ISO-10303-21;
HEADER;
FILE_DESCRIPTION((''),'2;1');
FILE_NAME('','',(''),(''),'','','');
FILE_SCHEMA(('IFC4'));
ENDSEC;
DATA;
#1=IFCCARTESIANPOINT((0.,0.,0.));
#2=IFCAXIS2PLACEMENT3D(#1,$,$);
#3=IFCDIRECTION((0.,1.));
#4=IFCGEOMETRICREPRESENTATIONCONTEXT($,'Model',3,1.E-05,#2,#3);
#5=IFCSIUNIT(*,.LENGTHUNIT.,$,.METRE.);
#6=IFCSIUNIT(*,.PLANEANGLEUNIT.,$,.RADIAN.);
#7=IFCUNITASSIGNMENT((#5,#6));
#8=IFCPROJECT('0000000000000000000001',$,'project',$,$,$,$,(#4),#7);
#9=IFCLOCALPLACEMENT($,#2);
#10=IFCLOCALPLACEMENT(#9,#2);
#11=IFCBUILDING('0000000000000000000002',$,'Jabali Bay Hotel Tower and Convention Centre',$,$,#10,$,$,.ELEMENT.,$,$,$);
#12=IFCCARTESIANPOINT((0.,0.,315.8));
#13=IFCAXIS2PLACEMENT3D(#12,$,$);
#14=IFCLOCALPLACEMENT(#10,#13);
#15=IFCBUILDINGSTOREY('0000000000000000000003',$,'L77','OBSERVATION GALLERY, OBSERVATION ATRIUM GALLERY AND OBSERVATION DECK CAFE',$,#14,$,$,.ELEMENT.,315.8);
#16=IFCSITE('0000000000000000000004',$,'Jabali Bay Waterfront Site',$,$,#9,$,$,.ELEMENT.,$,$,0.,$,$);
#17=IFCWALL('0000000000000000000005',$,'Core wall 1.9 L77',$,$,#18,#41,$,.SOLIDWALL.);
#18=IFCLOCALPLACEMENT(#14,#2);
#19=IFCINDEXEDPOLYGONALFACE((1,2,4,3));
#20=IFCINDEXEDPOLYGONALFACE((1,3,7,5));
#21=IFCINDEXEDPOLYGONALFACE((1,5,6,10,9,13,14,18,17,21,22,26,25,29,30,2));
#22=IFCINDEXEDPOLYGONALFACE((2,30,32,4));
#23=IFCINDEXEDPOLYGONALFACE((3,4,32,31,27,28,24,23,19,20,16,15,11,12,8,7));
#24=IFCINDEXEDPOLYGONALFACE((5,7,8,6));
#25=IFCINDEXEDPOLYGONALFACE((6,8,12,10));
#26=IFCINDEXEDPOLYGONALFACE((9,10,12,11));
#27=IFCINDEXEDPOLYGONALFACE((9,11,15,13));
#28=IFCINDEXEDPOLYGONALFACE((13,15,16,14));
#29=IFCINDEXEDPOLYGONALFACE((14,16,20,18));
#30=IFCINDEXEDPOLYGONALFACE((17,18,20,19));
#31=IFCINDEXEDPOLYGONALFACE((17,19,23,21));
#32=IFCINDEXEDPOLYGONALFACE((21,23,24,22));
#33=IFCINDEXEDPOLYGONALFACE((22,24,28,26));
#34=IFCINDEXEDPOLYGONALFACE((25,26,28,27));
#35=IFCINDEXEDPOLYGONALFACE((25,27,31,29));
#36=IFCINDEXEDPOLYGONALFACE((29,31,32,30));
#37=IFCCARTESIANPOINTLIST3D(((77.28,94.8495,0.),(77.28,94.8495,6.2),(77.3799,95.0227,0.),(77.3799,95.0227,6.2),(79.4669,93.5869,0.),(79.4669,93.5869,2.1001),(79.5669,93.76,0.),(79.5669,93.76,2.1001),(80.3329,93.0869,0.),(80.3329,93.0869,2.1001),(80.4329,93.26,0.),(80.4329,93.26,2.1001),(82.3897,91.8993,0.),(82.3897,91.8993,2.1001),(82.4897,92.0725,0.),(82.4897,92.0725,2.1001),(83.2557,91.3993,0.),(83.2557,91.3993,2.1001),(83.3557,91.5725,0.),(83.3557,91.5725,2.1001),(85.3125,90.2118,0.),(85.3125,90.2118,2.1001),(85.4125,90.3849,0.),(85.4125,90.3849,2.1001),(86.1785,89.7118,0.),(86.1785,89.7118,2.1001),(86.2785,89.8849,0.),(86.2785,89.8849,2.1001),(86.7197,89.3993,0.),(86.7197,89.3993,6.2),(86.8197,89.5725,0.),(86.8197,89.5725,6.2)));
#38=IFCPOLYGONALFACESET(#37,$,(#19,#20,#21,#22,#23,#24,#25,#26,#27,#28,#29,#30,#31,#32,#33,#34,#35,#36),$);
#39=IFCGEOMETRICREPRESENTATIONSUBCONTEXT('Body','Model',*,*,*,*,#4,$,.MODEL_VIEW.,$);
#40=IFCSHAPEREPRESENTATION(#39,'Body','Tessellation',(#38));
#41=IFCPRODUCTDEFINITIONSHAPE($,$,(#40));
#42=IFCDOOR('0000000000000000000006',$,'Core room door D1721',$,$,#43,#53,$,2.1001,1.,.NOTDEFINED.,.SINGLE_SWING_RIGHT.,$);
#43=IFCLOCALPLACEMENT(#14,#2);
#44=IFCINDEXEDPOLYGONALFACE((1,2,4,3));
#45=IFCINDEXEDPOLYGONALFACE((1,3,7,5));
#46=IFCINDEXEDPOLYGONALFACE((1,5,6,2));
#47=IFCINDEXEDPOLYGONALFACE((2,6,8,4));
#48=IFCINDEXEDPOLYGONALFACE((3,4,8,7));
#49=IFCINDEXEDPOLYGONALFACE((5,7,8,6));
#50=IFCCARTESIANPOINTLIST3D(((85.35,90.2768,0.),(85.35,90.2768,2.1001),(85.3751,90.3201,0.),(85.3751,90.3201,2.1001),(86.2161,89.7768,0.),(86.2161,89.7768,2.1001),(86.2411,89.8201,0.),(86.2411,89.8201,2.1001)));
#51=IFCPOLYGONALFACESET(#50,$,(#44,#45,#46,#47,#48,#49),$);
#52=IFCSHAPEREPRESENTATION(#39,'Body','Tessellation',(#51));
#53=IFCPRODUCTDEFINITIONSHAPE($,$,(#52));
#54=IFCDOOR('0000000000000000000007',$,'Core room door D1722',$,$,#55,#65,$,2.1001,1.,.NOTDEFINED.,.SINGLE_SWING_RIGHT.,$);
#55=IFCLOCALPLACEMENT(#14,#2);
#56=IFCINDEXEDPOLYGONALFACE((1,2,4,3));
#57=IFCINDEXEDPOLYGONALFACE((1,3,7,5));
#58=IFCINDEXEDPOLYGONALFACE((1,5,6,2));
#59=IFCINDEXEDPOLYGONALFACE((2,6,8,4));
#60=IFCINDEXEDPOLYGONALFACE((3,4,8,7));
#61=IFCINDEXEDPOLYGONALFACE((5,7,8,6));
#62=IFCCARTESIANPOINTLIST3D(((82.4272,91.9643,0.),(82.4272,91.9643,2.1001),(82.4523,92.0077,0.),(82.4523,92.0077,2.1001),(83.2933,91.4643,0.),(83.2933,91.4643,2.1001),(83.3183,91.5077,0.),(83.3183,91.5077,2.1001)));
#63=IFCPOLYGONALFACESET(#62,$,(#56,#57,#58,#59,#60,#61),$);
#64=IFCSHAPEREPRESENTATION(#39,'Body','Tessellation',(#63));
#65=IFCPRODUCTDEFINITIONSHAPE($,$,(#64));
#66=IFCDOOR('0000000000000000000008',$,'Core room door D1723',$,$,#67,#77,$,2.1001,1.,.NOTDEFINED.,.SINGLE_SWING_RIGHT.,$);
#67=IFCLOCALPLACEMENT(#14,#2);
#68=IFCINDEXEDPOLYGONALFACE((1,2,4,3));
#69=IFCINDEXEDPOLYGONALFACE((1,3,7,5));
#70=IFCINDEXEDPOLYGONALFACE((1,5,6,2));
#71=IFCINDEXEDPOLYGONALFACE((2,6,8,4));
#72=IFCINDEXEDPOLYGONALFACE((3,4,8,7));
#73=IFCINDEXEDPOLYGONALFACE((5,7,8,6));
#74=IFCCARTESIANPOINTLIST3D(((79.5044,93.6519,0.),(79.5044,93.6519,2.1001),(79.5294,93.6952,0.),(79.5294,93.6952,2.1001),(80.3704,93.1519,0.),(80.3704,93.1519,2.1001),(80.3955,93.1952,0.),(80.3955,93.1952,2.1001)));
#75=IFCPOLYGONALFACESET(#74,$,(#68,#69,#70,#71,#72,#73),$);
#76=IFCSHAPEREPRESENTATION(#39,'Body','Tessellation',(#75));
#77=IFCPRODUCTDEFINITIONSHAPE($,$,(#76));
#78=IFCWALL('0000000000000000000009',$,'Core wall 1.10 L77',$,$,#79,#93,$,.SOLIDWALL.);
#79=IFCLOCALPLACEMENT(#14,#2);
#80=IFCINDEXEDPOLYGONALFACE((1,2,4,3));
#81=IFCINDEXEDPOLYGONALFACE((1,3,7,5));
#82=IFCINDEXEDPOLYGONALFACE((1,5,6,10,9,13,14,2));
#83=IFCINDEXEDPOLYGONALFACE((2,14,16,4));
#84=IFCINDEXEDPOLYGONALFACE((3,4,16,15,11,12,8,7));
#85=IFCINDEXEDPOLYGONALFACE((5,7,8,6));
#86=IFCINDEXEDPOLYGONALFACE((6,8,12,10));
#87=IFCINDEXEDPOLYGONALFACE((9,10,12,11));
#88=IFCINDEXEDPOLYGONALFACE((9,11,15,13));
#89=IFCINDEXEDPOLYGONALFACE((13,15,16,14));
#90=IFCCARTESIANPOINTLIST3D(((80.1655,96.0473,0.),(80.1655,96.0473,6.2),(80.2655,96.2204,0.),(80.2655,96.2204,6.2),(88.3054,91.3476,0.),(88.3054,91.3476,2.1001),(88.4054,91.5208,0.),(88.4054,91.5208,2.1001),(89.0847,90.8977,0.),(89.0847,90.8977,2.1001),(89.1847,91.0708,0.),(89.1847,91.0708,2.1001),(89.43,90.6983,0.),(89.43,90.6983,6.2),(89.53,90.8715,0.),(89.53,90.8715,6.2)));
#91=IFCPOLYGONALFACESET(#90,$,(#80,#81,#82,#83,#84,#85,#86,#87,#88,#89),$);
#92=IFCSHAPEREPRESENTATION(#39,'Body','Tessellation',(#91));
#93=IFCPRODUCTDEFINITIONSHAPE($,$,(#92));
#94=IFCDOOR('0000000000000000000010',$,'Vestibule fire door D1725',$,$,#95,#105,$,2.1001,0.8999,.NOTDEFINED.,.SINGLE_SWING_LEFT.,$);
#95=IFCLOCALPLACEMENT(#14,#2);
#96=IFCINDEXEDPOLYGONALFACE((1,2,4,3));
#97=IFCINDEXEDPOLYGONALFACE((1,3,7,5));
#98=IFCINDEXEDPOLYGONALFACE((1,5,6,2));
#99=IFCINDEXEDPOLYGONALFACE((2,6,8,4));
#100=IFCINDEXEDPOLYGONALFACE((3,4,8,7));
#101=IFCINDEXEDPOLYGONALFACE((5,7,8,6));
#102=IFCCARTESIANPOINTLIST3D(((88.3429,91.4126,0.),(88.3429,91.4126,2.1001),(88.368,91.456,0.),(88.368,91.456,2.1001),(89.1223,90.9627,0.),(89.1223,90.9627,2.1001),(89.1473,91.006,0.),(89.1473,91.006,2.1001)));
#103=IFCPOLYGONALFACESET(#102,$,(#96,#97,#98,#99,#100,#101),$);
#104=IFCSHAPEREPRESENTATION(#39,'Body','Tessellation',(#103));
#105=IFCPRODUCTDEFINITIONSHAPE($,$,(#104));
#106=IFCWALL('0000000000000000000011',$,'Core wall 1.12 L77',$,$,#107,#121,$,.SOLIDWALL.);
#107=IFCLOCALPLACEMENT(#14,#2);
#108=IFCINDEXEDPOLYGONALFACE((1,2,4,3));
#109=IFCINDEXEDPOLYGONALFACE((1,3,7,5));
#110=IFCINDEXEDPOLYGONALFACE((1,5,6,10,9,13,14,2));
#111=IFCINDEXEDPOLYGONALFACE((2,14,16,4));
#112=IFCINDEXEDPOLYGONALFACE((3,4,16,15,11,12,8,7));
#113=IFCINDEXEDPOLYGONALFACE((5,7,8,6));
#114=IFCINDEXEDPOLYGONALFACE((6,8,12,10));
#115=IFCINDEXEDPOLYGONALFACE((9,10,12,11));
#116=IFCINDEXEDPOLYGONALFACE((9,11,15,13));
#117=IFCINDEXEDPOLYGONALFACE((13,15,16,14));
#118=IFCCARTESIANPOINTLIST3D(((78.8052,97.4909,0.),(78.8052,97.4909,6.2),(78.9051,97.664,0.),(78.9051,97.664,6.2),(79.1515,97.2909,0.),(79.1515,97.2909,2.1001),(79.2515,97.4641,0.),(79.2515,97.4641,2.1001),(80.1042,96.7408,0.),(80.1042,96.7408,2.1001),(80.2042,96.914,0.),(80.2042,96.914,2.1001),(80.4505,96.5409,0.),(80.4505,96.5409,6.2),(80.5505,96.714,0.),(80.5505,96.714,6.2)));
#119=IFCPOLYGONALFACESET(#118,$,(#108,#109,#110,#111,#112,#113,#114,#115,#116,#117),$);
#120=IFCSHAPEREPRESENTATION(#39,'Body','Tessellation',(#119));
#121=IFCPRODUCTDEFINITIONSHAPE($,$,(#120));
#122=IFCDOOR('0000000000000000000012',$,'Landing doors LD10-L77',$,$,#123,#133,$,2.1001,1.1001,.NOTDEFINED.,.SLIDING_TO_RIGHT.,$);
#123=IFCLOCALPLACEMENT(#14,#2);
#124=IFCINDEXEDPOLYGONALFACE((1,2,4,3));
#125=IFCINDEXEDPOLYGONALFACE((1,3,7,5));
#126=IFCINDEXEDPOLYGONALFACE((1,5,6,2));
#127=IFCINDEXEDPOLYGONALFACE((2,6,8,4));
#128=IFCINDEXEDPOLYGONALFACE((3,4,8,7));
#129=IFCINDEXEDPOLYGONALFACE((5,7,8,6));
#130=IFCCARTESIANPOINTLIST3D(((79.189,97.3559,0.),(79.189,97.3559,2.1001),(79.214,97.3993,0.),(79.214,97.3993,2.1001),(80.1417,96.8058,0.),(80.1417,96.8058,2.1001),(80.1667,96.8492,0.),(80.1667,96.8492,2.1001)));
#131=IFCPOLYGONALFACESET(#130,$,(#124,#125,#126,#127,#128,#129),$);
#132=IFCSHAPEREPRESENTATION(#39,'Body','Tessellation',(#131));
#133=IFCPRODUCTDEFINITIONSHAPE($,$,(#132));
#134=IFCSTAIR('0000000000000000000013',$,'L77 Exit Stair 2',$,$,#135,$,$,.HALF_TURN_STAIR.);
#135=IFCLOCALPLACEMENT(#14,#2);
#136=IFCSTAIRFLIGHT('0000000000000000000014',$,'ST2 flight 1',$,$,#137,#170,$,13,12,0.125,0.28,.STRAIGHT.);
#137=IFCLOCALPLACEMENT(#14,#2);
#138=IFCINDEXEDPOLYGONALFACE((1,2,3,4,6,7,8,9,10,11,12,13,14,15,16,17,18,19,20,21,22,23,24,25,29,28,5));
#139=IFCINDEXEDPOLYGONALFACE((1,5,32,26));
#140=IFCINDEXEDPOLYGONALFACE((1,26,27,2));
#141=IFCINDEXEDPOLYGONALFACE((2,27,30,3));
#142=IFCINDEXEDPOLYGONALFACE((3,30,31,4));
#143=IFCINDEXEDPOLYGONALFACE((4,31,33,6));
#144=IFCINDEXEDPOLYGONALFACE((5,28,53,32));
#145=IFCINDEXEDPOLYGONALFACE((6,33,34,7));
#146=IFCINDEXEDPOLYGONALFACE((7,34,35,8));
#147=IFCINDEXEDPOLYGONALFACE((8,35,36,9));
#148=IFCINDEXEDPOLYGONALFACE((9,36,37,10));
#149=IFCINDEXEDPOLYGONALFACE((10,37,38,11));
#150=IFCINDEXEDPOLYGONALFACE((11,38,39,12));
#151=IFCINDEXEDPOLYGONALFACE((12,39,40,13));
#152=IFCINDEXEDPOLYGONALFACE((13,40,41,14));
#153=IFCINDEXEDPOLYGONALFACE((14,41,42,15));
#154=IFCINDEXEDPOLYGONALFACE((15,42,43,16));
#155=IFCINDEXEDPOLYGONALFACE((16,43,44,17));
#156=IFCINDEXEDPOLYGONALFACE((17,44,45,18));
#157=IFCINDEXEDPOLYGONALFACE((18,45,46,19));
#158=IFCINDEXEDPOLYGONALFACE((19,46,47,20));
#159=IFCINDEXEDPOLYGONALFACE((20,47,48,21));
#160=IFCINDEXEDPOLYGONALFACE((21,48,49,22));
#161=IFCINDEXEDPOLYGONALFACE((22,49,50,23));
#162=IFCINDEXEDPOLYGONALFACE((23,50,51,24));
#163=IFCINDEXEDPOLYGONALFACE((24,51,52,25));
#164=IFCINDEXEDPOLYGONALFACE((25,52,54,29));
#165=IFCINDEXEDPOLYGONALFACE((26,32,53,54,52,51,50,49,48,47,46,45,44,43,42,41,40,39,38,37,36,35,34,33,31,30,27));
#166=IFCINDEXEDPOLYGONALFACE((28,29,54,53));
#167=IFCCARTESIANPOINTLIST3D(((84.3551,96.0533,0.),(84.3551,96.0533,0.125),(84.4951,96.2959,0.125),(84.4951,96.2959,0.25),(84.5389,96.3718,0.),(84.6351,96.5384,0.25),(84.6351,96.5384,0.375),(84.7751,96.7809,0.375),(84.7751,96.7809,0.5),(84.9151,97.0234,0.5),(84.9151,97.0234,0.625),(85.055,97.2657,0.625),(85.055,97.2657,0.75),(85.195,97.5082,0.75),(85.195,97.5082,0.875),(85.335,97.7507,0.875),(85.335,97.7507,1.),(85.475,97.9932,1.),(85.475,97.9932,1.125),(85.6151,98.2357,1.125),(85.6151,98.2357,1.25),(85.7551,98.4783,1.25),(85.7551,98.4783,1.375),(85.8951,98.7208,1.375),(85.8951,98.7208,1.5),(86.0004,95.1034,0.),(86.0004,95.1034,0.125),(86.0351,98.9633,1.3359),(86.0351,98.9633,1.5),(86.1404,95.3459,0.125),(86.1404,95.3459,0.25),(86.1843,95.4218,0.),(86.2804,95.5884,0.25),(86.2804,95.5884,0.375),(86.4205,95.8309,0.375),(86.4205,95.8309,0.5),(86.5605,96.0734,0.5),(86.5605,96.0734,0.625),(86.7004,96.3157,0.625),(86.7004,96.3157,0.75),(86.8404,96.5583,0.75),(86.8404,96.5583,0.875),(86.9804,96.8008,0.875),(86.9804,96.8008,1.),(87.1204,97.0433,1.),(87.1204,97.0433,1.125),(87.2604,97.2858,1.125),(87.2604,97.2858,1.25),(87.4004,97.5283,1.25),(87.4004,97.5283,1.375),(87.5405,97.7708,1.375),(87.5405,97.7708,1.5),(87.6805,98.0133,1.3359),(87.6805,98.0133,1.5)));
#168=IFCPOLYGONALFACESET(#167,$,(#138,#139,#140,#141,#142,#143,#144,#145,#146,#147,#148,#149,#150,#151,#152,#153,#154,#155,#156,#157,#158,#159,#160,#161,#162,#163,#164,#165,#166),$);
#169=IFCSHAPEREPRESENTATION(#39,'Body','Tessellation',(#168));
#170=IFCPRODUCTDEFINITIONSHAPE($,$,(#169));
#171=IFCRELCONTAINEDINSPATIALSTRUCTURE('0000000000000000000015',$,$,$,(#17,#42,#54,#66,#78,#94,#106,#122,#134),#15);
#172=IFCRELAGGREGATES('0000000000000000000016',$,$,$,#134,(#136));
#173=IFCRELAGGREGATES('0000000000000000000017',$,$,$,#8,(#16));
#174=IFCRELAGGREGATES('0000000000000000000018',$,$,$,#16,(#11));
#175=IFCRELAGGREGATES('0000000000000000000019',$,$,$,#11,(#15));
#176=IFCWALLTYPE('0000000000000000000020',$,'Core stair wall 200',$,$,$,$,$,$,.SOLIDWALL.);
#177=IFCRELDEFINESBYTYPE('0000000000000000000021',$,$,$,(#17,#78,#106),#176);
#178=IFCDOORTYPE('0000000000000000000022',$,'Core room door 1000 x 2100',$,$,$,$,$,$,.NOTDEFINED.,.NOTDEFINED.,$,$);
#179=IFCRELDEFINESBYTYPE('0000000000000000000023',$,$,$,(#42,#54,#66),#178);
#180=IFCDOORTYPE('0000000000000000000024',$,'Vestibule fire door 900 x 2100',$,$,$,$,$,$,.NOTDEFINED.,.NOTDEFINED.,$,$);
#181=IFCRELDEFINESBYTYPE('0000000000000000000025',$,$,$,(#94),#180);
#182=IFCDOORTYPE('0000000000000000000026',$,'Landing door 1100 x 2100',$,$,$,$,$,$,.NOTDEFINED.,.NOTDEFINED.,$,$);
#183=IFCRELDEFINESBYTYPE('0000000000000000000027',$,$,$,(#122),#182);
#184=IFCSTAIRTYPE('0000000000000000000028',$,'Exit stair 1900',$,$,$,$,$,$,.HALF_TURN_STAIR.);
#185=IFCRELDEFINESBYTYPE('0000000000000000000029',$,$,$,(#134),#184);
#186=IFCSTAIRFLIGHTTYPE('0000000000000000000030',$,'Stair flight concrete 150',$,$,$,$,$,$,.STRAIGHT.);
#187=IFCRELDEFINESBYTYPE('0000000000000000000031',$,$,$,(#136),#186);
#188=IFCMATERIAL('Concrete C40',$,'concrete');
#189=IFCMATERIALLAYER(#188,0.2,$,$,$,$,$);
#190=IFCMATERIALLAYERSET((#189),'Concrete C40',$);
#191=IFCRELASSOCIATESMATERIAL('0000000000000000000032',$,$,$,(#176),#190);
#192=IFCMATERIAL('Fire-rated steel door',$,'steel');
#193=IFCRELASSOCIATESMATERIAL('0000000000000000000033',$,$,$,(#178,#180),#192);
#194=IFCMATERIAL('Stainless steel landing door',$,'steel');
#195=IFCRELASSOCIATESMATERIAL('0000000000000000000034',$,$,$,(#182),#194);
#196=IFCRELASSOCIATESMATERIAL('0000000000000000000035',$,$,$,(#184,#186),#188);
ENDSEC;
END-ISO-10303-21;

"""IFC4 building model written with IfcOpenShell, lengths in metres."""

from ifc_helpers import new_model, si_unit, direction, frame, frame_2d, origin, place, context, subcontext, project, spatial, polyline, rectangle, outline, extrude, material, layer, layer_set, type_object, element, fill, aggregate, save


model = new_model("IFC4")

# Units and contexts
model_context = context("Model", 3, precision=1e-05, world=origin(), true_north=direction((0.0, 1.0)))
body_context = subcontext(model_context, "Body", "Model", "MODEL_VIEW")
ifc_project = project(units=[si_unit("LENGTHUNIT", "METRE"), si_unit("PLANEANGLEUNIT", "RADIAN")], contexts=[model_context])

# Site, building, storey
site_placement = place(None, origin())
site = spatial("IfcSite", under=ifc_project, at=site_placement, Name="Jabali Bay Waterfront Site", CompositionType="ELEMENT", RefElevation=0.0)
building_placement = place(site_placement, origin())
building = spatial("IfcBuilding", under=site, at=building_placement, Name="Jabali Bay Hotel Tower and Convention Centre", CompositionType="ELEMENT")
storey_placement = place(building_placement, frame((0.0, 0.0, 315.8)))
storey = spatial("IfcBuildingStorey", under=building, at=storey_placement, Name="L77", Description="OBSERVATION GALLERY, OBSERVATION ATRIUM GALLERY AND OBSERVATION DECK CAFE", CompositionType="ELEMENT", Elevation=315.8)

# Shared definitions
ifc_material_1 = material(Name="Fire-rated steel door", Category="steel")

# Shared definitions
ifc_material_2 = material(Name="Concrete C40", Category="concrete")
ifc_layer_1 = layer(ifc_material_2, 0.2)
ifc_layer_set_1 = layer_set([ifc_layer_1], Name="Concrete C40")
wall_type_1 = type_object("IfcWallType", Name="Core stair wall 200", PredefinedType="SOLIDWALL", material=ifc_layer_set_1)

# Wall, openings, doors
wall_1_placement = place(storey_placement, frame((86.7698, 89.4858, 0.0), z_axis=(0.0, 0.0, 1.0), x_axis=(-0.866018, 0.500013, 0.0)))
wall_1 = element("IfcWall", 1, at=wall_1_placement, inside=storey, type_object=wall_type_1, Name="Core wall 1.9 L77", PredefinedType="SOLIDWALL", context=body_context, shape_type="SweptSolid", body=[
    extrude(rectangle(XDim=10.9001, YDim=0.2, at=frame_2d((5.4502, 0.0))), origin(), (0.0, 0.0, 1.0), 6.2),
])
opening_1_placement = place(wall_1_placement, frame((0.625, 0.0, 0.0)))
opening_1 = element("IfcOpeningElement", 2, at=opening_1_placement, cuts=wall_1, PredefinedType="OPENING", context=body_context, shape_type="SweptSolid", body=[
    extrude(rectangle(XDim=1.0, YDim=2.1001, at=frame_2d((0.5, 1.05))), frame((0.0, 0.1104, 0.0), z_axis=(0.0, -1.0, 0.0), x_axis=(1.0, 0.0, 0.0)), (0.0, 0.0, 1.0), 0.2209),
])
opening_2_placement = place(wall_1_placement, frame((4.0, 0.0, 0.0)))
opening_2 = element("IfcOpeningElement", 3, at=opening_2_placement, cuts=wall_1, PredefinedType="OPENING", context=body_context, shape_type="SweptSolid", body=[
    extrude(rectangle(XDim=1.0, YDim=2.1001, at=frame_2d((0.5, 1.05))), frame((0.0, 0.1104, 0.0), z_axis=(0.0, -1.0, 0.0), x_axis=(1.0, 0.0, 0.0)), (0.0, 0.0, 1.0), 0.2209),
])
opening_3_placement = place(wall_1_placement, frame((7.375, 0.0, 0.0)))
opening_3 = element("IfcOpeningElement", 4, at=opening_3_placement, cuts=wall_1, PredefinedType="OPENING", context=body_context, shape_type="SweptSolid", body=[
    extrude(rectangle(XDim=1.0, YDim=2.1001, at=frame_2d((0.5, 1.05))), frame((0.0, 0.1104, 0.0), z_axis=(0.0, -1.0, 0.0), x_axis=(1.0, 0.0, 0.0)), (0.0, 0.0, 1.0), 0.2209),
])
door_type_1 = type_object("IfcDoorType", Name="Core room door 1000 x 2100", OperationType="NOTDEFINED", PredefinedType="NOTDEFINED", material=ifc_material_1)
door_1_placement = place(opening_1_placement, origin())
door_1 = element("IfcDoor", 5, at=door_1_placement, inside=storey, type_object=door_type_1, Name="Core room door D1721", OperationType="SINGLE_SWING_RIGHT", OverallHeight=2.1001, OverallWidth=1.0, PredefinedType="NOTDEFINED", context=body_context, shape_type="SweptSolid", body=[
    extrude(rectangle(XDim=1.0, YDim=2.1001, at=frame_2d((0.5, 1.05))), frame((0.0, 0.0249, 0.0), z_axis=(0.0, -1.0, 0.0), x_axis=(1.0, 0.0, 0.0)), (0.0, 0.0, 1.0), 0.05),
])
fill(opening_1, door_1)
door_2_placement = place(opening_2_placement, origin())
door_2 = element("IfcDoor", 6, at=door_2_placement, inside=storey, type_object=door_type_1, Name="Core room door D1722", OperationType="SINGLE_SWING_RIGHT", OverallHeight=2.1001, OverallWidth=1.0, PredefinedType="NOTDEFINED", context=body_context, shape_type="SweptSolid", body=[
    extrude(rectangle(XDim=1.0, YDim=2.1001, at=frame_2d((0.5, 1.05))), frame((0.0, 0.0249, 0.0), z_axis=(0.0, -1.0, 0.0), x_axis=(1.0, 0.0, 0.0)), (0.0, 0.0, 1.0), 0.05),
])
fill(opening_2, door_2)
door_3_placement = place(opening_3_placement, origin())
door_3 = element("IfcDoor", 7, at=door_3_placement, inside=storey, type_object=door_type_1, Name="Core room door D1723", OperationType="SINGLE_SWING_RIGHT", OverallHeight=2.1001, OverallWidth=1.0, PredefinedType="NOTDEFINED", context=body_context, shape_type="SweptSolid", body=[
    extrude(rectangle(XDim=1.0, YDim=2.1001, at=frame_2d((0.5, 1.05))), frame((0.0, 0.0249, 0.0), z_axis=(0.0, -1.0, 0.0), x_axis=(1.0, 0.0, 0.0)), (0.0, 0.0, 1.0), 0.05),
])
fill(opening_3, door_3)

# Walls, openings, doors
wall_2_placement = place(storey_placement, frame((89.48, 90.7849, 0.0), z_axis=(0.0, 0.0, 1.0), x_axis=(-0.866023, 0.500005, 0.0)))
wall_2 = element("IfcWall", 8, at=wall_2_placement, inside=storey, type_object=wall_type_1, Name="Core wall 1.10 L77", PredefinedType="SOLIDWALL", context=body_context, shape_type="SweptSolid", body=[
    extrude(rectangle(XDim=10.6978, YDim=0.2, at=frame_2d((5.3489, 0.0))), origin(), (0.0, 0.0, 1.0), 6.2),
])
opening_4_placement = place(wall_2_placement, frame((0.3987, 0.0, 0.0)))
opening_4 = element("IfcOpeningElement", 9, at=opening_4_placement, cuts=wall_2, PredefinedType="OPENING", context=body_context, shape_type="SweptSolid", body=[
    extrude(rectangle(XDim=0.8999, YDim=2.1001, at=frame_2d((0.45, 1.05))), frame((0.0, 0.1104, 0.0), z_axis=(0.0, -1.0, 0.0), x_axis=(1.0, 0.0, 0.0)), (0.0, 0.0, 1.0), 0.2209),
])
door_type_2 = type_object("IfcDoorType", Name="Vestibule fire door 900 x 2100", OperationType="NOTDEFINED", PredefinedType="NOTDEFINED", material=ifc_material_1)
door_4_placement = place(opening_4_placement, origin())
door_4 = element("IfcDoor", 10, at=door_4_placement, inside=storey, type_object=door_type_2, Name="Vestibule fire door D1725", OperationType="SINGLE_SWING_LEFT", OverallHeight=2.1001, OverallWidth=0.8999, PredefinedType="NOTDEFINED", context=body_context, shape_type="SweptSolid", body=[
    extrude(rectangle(XDim=0.8999, YDim=2.1001, at=frame_2d((0.45, 1.05))), frame((0.0, 0.0249, 0.0), z_axis=(0.0, -1.0, 0.0), x_axis=(1.0, 0.0, 0.0)), (0.0, 0.0, 1.0), 0.05),
])
fill(opening_4, door_4)
wall_3_placement = place(storey_placement, frame((80.5005, 96.6274, 0.0), z_axis=(0.0, 0.0, 1.0), x_axis=(-0.866012, 0.500023, 0.0)))
wall_3 = element("IfcWall", 11, at=wall_3_placement, inside=storey, type_object=wall_type_1, Name="Core wall 1.12 L77", PredefinedType="SOLIDWALL", context=body_context, shape_type="SweptSolid", body=[
    extrude(rectangle(XDim=1.8999, YDim=0.2, at=frame_2d((0.95, 0.0))), origin(), (0.0, 0.0, 1.0), 6.2),
])
opening_5_placement = place(wall_3_placement, frame((0.3999, 0.0, 0.0)))
opening_5 = element("IfcOpeningElement", 12, at=opening_5_placement, cuts=wall_3, PredefinedType="OPENING", context=body_context, shape_type="SweptSolid", body=[
    extrude(rectangle(XDim=1.1001, YDim=2.1001, at=frame_2d((0.55, 1.05))), frame((0.0, 0.1104, 0.0), z_axis=(0.0, -1.0, 0.0), x_axis=(1.0, 0.0, 0.0)), (0.0, 0.0, 1.0), 0.2209),
])
ifc_material_3 = material(Name="Stainless steel landing door", Category="steel")
door_type_3 = type_object("IfcDoorType", Name="Landing door 1100 x 2100", OperationType="NOTDEFINED", PredefinedType="NOTDEFINED", material=ifc_material_3)
door_5_placement = place(opening_5_placement, origin())
door_5 = element("IfcDoor", 13, at=door_5_placement, inside=storey, type_object=door_type_3, Name="Landing doors LD10-L77", OperationType="SLIDING_TO_RIGHT", OverallHeight=2.1001, OverallWidth=1.1001, PredefinedType="NOTDEFINED", context=body_context, shape_type="SweptSolid", body=[
    extrude(rectangle(XDim=1.1001, YDim=2.1001, at=frame_2d((0.55, 1.05))), frame((0.0, 0.0249, 0.0), z_axis=(0.0, -1.0, 0.0), x_axis=(1.0, 0.0, 0.0)), (0.0, 0.0, 1.0), 0.05),
])
fill(opening_5, door_5)

# Stair, stair flight
stair_type = type_object("IfcStairType", Name="Exit stair 1900", PredefinedType="HALF_TURN_STAIR", material=ifc_material_2)
stair_placement = place(storey_placement, origin())
stair = element("IfcStair", 14, at=stair_placement, inside=storey, type_object=stair_type, Name="L77 Exit Stair 2", PredefinedType="HALF_TURN_STAIR")
stair_flight_type = type_object("IfcStairFlightType", Name="Stair flight concrete 150", PredefinedType="STRAIGHT", material=ifc_material_2)
stair_flight_1_placement = place(storey_placement, frame((85.1777, 95.5784, 0.0), z_axis=(0.0, 0.0, 1.0), x_axis=(0.5, 0.866025, 0.0)))
stair_flight_1 = element("IfcStairFlight", 15, at=stair_flight_1_placement, type_object=stair_flight_type, Name="ST2 flight 1", NumberOfRisers=13, NumberOfTreads=12, PredefinedType="STRAIGHT", RiserHeight=0.125, TreadLength=0.28, context=body_context, shape_type="SweptSolid", body=[
    extrude(outline(polyline([(0.0, 0.0), (0.0, 0.125), (0.28, 0.125), (0.28, 0.25), (0.5601, 0.25), (0.5601, 0.375), (0.8401, 0.375), (0.8401, 0.5), (1.1201, 0.5), (1.1201, 0.625), (1.3999, 0.625), (1.3999, 0.75), (1.6799, 0.75), (1.6799, 0.875), (1.96, 0.875), (1.96, 1.0), (2.24, 1.0), (2.24, 1.125), (2.52, 1.125), (2.52, 1.25), (2.8, 1.25), (2.8, 1.375), (3.0801, 1.375), (3.0801, 1.5), (3.3601, 1.5), (3.3601, 1.625), (3.3601, 1.3359), (0.3677, 0.0), (0.0, 0.0)])), frame((0.0, 0.95, 0.0), z_axis=(0.0, -1.0, 0.0), x_axis=(1.0, 0.0, 0.0)), (0.0, 0.0, 1.0), 1.8999),
])
aggregate(stair, [stair_flight_1])

save(model, "model.ifc")
